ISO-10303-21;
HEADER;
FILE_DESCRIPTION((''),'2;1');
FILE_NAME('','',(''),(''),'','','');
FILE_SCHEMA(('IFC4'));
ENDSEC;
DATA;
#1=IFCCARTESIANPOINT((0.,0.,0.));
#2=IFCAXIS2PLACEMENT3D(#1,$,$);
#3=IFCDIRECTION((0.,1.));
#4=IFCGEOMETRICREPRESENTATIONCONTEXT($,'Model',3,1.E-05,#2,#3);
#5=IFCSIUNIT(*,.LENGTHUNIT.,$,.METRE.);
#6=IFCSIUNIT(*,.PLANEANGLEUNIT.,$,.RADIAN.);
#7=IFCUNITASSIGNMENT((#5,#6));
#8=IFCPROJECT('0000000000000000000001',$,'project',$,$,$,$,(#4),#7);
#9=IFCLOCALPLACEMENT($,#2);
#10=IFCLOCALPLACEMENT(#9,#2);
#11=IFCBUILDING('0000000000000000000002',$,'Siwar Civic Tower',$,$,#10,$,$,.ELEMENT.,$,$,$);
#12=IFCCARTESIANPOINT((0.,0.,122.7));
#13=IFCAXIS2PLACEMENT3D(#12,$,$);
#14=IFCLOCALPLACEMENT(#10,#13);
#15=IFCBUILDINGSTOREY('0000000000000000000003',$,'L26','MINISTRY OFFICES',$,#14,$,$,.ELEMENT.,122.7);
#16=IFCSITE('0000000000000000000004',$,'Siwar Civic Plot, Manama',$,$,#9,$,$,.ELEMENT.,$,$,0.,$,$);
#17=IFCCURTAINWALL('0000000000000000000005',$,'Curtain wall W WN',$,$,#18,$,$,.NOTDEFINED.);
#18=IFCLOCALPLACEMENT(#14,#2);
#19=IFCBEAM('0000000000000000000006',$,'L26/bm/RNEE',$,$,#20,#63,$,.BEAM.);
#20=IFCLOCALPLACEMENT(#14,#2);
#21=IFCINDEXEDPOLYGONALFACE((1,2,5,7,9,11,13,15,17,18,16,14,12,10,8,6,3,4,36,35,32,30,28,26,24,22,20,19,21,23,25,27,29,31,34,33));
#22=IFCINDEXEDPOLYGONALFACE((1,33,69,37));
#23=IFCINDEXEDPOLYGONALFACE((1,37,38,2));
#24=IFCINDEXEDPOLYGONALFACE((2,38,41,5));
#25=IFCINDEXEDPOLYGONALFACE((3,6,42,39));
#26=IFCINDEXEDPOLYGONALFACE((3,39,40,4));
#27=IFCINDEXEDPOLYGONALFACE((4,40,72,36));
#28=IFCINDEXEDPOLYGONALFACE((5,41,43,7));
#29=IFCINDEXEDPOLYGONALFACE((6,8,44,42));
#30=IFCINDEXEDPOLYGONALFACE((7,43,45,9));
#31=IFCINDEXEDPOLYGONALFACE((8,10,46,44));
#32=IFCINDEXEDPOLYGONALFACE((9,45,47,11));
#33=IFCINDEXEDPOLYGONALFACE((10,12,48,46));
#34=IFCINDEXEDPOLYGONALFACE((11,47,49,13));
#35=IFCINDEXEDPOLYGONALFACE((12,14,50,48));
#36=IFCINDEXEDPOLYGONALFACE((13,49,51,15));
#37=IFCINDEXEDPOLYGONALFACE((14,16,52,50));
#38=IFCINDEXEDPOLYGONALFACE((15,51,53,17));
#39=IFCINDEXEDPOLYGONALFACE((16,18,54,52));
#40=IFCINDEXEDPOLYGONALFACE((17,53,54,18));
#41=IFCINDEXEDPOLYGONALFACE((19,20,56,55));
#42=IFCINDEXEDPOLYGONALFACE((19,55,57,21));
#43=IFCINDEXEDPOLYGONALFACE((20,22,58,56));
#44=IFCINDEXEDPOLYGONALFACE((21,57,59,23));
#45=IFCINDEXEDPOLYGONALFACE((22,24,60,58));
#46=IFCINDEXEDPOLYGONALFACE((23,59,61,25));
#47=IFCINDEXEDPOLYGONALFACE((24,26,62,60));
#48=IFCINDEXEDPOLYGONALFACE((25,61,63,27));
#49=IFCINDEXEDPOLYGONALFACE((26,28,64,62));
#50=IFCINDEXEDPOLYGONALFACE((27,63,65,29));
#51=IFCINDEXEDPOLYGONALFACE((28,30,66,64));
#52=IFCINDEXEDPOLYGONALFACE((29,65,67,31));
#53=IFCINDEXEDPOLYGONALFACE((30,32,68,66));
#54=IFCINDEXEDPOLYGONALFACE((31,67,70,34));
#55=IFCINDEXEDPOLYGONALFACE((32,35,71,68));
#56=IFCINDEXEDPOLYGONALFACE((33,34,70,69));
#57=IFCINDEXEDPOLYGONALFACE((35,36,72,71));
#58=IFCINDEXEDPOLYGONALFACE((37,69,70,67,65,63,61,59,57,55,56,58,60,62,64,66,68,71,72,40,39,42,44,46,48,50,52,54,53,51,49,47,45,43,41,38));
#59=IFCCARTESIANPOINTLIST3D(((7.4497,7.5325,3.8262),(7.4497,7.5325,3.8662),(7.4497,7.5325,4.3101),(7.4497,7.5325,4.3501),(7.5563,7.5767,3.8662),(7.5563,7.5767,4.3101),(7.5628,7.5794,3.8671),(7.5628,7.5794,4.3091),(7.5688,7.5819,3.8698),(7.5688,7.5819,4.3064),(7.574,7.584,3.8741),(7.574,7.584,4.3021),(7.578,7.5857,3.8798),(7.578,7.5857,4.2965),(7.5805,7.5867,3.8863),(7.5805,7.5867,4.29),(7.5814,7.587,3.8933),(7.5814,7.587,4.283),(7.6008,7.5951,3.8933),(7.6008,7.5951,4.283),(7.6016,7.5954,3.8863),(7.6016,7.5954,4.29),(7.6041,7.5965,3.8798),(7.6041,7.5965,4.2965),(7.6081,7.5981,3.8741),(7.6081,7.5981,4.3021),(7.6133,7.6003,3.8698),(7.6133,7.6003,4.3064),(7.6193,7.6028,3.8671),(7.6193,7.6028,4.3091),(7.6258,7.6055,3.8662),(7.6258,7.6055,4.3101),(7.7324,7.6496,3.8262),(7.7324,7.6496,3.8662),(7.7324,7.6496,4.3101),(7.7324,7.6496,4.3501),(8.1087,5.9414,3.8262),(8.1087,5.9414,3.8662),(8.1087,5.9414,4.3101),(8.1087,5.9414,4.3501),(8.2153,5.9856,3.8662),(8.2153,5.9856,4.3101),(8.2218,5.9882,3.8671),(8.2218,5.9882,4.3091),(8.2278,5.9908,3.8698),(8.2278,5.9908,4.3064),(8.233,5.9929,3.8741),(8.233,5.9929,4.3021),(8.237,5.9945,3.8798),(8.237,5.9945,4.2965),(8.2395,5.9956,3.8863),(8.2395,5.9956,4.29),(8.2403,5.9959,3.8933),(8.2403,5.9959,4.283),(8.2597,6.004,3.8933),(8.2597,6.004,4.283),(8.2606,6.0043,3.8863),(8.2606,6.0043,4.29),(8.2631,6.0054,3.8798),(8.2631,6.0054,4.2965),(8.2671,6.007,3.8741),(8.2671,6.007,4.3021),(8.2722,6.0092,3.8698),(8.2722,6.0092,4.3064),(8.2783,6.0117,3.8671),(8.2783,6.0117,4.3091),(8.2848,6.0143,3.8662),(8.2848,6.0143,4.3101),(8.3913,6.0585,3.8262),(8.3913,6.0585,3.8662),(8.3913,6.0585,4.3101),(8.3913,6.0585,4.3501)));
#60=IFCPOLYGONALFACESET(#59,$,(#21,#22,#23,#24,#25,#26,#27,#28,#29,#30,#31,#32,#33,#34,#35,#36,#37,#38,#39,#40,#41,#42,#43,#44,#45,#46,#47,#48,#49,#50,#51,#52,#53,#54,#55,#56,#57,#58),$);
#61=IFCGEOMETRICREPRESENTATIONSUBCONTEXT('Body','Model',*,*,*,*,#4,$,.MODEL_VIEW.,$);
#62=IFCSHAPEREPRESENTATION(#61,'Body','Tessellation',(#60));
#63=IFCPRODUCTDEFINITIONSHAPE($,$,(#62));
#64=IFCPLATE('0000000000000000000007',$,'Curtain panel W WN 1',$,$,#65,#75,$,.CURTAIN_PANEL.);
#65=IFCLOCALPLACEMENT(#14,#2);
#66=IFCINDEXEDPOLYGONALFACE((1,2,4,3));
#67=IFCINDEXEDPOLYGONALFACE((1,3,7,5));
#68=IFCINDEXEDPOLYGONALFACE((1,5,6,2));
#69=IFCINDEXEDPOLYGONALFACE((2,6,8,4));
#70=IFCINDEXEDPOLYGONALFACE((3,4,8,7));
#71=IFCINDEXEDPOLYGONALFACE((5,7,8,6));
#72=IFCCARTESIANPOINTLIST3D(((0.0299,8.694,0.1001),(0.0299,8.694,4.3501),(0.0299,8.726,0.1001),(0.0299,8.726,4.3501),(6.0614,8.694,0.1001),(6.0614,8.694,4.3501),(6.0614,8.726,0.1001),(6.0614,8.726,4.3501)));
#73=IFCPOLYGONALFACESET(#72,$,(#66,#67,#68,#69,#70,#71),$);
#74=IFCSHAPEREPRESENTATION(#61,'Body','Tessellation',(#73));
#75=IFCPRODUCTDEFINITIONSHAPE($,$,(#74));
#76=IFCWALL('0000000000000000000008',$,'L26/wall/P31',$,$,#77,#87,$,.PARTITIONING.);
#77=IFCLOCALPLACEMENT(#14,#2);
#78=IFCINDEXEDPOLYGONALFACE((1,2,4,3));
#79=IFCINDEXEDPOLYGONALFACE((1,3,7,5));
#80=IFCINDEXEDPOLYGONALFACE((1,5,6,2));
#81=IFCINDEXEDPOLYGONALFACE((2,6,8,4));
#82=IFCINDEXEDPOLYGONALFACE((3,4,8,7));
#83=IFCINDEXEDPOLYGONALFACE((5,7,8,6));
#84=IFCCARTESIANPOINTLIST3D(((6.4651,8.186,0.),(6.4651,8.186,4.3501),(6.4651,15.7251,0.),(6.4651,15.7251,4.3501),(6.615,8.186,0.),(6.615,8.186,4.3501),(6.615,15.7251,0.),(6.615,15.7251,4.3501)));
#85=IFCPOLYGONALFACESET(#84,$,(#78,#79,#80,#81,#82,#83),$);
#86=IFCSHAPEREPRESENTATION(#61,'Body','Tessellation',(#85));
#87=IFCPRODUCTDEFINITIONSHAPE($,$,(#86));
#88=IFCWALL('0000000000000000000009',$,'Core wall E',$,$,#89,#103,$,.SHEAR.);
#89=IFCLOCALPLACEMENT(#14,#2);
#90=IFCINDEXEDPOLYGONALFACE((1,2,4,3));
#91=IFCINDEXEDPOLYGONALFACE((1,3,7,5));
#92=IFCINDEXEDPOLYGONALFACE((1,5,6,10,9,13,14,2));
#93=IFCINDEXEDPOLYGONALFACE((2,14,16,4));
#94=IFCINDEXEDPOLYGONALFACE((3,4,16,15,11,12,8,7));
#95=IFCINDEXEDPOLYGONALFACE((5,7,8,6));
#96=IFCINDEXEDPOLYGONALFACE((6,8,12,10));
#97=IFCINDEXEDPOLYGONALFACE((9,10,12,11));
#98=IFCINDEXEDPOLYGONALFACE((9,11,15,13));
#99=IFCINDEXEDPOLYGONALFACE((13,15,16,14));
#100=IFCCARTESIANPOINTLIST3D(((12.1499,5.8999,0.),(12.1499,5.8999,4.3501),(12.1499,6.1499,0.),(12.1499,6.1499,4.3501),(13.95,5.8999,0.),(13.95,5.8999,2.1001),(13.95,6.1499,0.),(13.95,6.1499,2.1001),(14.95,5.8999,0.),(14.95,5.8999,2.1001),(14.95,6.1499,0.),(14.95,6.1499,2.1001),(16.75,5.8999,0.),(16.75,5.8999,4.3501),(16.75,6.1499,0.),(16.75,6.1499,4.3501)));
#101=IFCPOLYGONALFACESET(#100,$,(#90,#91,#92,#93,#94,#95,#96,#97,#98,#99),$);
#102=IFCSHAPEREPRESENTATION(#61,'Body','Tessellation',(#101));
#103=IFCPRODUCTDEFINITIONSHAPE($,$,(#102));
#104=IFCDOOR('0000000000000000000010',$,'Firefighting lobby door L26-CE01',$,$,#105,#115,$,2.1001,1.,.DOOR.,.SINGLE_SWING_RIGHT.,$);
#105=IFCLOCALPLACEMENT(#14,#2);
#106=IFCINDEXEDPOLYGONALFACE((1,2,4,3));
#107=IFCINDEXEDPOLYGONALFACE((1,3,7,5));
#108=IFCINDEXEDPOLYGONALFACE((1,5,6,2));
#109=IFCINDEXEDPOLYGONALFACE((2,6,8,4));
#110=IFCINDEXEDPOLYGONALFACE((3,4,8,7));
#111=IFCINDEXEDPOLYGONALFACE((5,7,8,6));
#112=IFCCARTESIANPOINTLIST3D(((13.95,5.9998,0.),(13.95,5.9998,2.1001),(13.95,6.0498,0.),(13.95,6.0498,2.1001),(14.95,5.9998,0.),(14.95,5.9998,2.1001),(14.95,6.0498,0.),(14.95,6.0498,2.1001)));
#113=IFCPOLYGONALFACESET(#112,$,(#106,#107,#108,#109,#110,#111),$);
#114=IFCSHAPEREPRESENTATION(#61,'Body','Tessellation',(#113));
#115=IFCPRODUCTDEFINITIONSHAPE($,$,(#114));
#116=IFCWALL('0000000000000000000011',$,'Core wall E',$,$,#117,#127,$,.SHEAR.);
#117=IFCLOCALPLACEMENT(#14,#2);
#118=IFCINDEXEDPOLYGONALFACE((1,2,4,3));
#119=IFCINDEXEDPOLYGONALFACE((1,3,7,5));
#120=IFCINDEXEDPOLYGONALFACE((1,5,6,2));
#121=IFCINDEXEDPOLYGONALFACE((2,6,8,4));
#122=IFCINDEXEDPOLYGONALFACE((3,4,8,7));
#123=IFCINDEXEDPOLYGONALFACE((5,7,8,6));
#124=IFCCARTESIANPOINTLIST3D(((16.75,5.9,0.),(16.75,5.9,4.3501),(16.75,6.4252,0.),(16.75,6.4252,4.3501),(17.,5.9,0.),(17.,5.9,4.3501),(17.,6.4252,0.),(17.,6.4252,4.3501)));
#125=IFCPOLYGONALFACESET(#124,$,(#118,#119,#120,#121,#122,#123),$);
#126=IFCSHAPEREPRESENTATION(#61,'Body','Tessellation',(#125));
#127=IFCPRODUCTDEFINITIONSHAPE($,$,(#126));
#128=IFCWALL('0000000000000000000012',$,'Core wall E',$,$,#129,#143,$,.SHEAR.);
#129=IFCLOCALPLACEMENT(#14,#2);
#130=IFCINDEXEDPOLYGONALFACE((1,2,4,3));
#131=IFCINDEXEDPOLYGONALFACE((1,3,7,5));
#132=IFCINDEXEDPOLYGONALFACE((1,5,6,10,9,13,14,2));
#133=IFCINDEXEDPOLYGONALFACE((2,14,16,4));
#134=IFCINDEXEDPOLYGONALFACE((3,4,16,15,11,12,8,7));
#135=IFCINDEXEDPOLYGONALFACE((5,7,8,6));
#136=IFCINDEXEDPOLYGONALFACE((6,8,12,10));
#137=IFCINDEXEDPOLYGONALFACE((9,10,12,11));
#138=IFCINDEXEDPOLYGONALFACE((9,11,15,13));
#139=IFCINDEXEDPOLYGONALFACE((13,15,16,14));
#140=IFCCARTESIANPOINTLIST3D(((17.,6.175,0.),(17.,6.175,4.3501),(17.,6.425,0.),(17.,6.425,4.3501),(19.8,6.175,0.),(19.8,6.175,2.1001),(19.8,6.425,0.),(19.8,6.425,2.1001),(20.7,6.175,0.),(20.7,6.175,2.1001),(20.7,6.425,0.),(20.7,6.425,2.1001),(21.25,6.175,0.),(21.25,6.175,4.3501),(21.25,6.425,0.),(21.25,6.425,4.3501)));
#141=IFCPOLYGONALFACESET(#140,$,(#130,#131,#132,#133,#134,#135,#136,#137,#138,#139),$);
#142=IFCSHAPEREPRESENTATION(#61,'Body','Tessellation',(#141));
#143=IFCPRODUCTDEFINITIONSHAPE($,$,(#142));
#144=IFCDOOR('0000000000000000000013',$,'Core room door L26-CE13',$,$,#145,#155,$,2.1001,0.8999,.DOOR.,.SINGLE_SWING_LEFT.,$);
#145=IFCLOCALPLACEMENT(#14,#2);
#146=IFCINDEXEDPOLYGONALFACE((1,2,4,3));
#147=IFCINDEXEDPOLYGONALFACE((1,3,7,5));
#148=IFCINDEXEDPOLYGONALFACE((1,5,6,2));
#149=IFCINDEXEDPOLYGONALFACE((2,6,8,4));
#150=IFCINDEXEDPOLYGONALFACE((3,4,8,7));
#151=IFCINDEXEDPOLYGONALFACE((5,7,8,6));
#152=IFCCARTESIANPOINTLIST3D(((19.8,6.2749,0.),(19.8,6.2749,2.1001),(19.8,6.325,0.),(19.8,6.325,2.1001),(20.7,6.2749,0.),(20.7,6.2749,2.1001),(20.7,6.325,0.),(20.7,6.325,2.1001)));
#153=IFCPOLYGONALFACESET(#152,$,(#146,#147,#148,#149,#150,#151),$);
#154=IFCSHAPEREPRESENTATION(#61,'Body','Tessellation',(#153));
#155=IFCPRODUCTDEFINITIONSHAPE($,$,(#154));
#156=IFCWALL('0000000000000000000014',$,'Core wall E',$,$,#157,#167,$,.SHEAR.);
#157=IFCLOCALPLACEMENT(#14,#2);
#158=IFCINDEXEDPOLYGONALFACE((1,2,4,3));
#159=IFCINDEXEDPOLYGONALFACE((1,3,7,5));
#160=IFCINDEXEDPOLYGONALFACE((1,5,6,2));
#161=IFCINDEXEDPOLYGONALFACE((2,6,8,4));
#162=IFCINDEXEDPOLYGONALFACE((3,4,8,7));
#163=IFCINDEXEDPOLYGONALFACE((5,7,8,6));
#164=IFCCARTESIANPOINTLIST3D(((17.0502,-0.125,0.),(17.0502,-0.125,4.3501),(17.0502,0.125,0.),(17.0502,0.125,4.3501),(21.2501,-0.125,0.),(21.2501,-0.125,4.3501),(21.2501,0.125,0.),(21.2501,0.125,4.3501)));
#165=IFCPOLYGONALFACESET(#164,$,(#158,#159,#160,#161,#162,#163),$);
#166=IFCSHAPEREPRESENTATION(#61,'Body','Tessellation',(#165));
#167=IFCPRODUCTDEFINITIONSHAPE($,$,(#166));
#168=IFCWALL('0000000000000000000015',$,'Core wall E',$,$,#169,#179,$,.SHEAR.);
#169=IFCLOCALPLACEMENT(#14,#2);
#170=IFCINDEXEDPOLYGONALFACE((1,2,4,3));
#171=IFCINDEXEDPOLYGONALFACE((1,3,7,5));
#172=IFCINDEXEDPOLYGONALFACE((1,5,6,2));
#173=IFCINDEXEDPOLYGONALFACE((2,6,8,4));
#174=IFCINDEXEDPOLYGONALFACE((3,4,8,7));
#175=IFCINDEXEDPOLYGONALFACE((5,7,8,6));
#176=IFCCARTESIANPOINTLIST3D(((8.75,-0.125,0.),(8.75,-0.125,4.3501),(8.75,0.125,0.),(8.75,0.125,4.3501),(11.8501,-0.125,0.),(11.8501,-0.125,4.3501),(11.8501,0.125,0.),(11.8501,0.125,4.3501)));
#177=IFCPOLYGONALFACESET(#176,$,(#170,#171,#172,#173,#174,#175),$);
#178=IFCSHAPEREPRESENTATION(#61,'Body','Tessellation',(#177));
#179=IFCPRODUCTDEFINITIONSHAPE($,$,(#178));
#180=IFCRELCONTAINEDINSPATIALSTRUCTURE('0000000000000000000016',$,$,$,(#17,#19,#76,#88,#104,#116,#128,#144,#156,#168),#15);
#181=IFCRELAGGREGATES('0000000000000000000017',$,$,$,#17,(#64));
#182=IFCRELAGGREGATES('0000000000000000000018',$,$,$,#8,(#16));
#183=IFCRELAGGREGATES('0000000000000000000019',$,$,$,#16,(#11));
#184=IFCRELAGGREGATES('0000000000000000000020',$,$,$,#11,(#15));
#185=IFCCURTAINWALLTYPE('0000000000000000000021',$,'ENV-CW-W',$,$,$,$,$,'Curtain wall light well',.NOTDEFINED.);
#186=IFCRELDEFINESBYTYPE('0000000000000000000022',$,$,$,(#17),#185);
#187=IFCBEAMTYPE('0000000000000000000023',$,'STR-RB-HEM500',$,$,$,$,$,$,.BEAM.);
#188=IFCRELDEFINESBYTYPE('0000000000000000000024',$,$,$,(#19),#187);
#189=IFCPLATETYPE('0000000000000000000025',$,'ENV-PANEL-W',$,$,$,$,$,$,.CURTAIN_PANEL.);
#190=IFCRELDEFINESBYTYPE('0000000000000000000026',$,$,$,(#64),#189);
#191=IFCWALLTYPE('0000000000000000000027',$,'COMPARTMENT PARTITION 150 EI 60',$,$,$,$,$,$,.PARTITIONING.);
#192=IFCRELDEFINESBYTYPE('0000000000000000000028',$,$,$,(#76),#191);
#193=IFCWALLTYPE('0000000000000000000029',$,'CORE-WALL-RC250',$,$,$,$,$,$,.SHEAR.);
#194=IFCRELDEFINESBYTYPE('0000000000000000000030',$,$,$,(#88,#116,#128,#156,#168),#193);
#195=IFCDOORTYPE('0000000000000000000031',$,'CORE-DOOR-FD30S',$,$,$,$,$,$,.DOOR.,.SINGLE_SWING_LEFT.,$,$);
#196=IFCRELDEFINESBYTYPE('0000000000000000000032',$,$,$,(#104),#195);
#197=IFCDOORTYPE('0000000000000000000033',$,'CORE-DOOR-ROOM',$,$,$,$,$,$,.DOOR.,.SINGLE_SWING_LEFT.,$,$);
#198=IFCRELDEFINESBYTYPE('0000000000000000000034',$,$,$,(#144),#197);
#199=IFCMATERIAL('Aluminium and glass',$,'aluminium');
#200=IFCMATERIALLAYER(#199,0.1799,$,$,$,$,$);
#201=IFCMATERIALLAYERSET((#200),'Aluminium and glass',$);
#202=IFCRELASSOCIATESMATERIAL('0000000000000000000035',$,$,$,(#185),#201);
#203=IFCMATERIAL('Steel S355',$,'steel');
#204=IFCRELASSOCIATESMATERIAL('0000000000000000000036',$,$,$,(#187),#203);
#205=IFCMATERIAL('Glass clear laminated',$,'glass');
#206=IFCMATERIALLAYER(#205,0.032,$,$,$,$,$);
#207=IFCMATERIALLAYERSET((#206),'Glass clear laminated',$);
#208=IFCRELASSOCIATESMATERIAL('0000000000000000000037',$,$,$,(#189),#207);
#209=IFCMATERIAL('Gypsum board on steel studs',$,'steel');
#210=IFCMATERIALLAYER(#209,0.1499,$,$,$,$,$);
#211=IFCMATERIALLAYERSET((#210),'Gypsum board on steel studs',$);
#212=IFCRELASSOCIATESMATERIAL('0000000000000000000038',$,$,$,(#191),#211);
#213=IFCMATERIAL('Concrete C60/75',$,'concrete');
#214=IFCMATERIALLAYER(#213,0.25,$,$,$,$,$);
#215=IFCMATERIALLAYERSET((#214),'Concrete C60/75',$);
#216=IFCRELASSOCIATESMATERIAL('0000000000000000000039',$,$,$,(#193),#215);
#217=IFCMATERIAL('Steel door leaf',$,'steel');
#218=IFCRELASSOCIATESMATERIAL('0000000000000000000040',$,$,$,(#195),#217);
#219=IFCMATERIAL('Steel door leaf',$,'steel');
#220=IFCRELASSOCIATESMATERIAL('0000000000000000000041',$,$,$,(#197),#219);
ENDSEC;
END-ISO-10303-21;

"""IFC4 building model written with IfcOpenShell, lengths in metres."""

from ifc_helpers import new_model, si_unit, direction, frame, frame_2d, origin, origin_2d, place, context, subcontext, project, spatial, rectangle, i_section, extrude, material, layer, layer_set, material_profile, profile_set, type_object, element, fill, aggregate, save


model = new_model("IFC4")

# Units and contexts
model_context = context("Model", 3, precision=1e-05, world=origin(), true_north=direction((0.0, 1.0)))
body_context = subcontext(model_context, "Body", "Model", "MODEL_VIEW")
ifc_project = project(units=[si_unit("LENGTHUNIT", "METRE"), si_unit("PLANEANGLEUNIT", "RADIAN")], contexts=[model_context])

# Site, building, storey
site_placement = place(None, origin())
site = spatial("IfcSite", under=ifc_project, at=site_placement, Name="Siwar Civic Plot, Manama", CompositionType="ELEMENT", RefElevation=0.0)
building_placement = place(site_placement, origin())
building = spatial("IfcBuilding", under=site, at=building_placement, Name="Siwar Civic Tower", CompositionType="ELEMENT")
storey_placement = place(building_placement, frame((0.0, 0.0, 122.7)))
storey = spatial("IfcBuildingStorey", under=building, at=storey_placement, Name="L26", Description="MINISTRY OFFICES", CompositionType="ELEMENT", Elevation=122.7)

# Curtain wall
ifc_material_1 = material(Name="Aluminium and glass", Category="aluminium")
ifc_layer_1 = layer(ifc_material_1, 0.1799)
ifc_layer_set_1 = layer_set([ifc_layer_1], Name="Aluminium and glass")
curtain_wall_type = type_object("IfcCurtainWallType", Name="ENV-CW-W", ElementType="Curtain wall light well", PredefinedType="NOTDEFINED", material=ifc_layer_set_1)
curtain_wall_placement = place(storey_placement, origin())
curtain_wall = element("IfcCurtainWall", 1, at=curtain_wall_placement, inside=storey, type_object=curtain_wall_type, Name="Curtain wall W WN", PredefinedType="NOTDEFINED")

# Beam
ifc_material_2 = material(Name="Steel S355", Category="steel")
ifc_material_profile_1 = material_profile(ifc_material_2, i_section(OverallWidth=0.3059, OverallDepth=0.5239, WebThickness=0.021, FlangeThickness=0.04, FilletRadius=0.0271, at=origin_2d()), Name="HEM500")
ifc_profile_set_1 = profile_set([ifc_material_profile_1], Name="Steel S355")
beam_type_1 = type_object("IfcBeamType", Name="STR-RB-HEM500", PredefinedType="BEAM", material=ifc_profile_set_1)
for number, where, z_axis, x_axis, name in (
    (2, (7.5911, 7.5911, 4.0881), (0.382631, -0.923901, 0.0), (0.923901, 0.382631, 0.0), "L26/bm/RNEE"),
):
    element("IfcBeam", number, at=place(storey_placement, frame(where, z_axis=z_axis, x_axis=x_axis)), inside=storey, type_object=beam_type_1, Name=name, PredefinedType="BEAM", context=body_context, shape_type="SweptSolid", body=[
        extrude(i_section(OverallWidth=0.3059, OverallDepth=0.5239, WebThickness=0.021, FlangeThickness=0.04, FilletRadius=0.0271, at=origin_2d()), origin(), (0.0, 0.0, 1.0), 1.7222),
    ])

# Plate
ifc_material_3 = material(Name="Glass clear laminated", Category="glass")
ifc_layer_2 = layer(ifc_material_3, 0.032)
ifc_layer_set_2 = layer_set([ifc_layer_2], Name="Glass clear laminated")
plate_type = type_object("IfcPlateType", Name="ENV-PANEL-W", PredefinedType="CURTAIN_PANEL", material=ifc_layer_set_2)
plate_placement = place(storey_placement, frame((3.0457, 8.71, 0.1001), z_axis=(0.0, 0.0, 1.0), x_axis=(-1.0, 0.0, 0.0)))
plate = element("IfcPlate", 3, at=plate_placement, type_object=plate_type, Name="Curtain panel W WN 1", PredefinedType="CURTAIN_PANEL", context=body_context, shape_type="SweptSolid", body=[
    extrude(rectangle(XDim=6.0315, YDim=0.032, at=origin_2d()), origin(), (0.0, 0.0, 1.0), 4.25),
])
aggregate(curtain_wall, [plate])

# Wall
ifc_material_4 = material(Name="Gypsum board on steel studs", Category="steel")
ifc_layer_3 = layer(ifc_material_4, 0.1499)
ifc_layer_set_3 = layer_set([ifc_layer_3], Name="Gypsum board on steel studs")
wall_type_1 = type_object("IfcWallType", Name="COMPARTMENT PARTITION 150 EI 60", PredefinedType="PARTITIONING", material=ifc_layer_set_3)
wall_1_placement = place(storey_placement, frame((6.54, 8.186, 0.0), z_axis=(0.0, 0.0, 1.0), x_axis=(0.0, 1.0, 0.0)))
element("IfcWall", 4, at=wall_1_placement, inside=storey, type_object=wall_type_1, Name="L26/wall/P31", PredefinedType="PARTITIONING", context=body_context, shape_type="SweptSolid", body=[
    extrude(rectangle(XDim=7.5391, YDim=0.1499, at=frame_2d((3.7695, 0.0))), origin(), (0.0, 0.0, 1.0), 4.3501),
])

# Wall, opening, door
ifc_material_5 = material(Name="Concrete C60/75", Category="concrete")
ifc_layer_4 = layer(ifc_material_5, 0.25)
ifc_layer_set_4 = layer_set([ifc_layer_4], Name="Concrete C60/75")
wall_type_2 = type_object("IfcWallType", Name="CORE-WALL-RC250", PredefinedType="SHEAR", material=ifc_layer_set_4)
wall_2_placement = place(storey_placement, frame((12.1499, 6.0249, 0.0), z_axis=(0.0, 0.0, 1.0), x_axis=(1.0, 0.0, 0.0)))
wall_2 = element("IfcWall", 5, at=wall_2_placement, inside=storey, type_object=wall_type_2, Name="Core wall E", PredefinedType="SHEAR", context=body_context, shape_type="SweptSolid", body=[
    extrude(rectangle(XDim=4.6001, YDim=0.25, at=frame_2d((2.3, 0.0))), origin(), (0.0, 0.0, 1.0), 4.3501),
])
opening_1_placement = place(wall_2_placement, frame((1.8, 0.0, 0.0)))
opening_1 = element("IfcOpeningElement", 6, at=opening_1_placement, cuts=wall_2, PredefinedType="OPENING", context=body_context, shape_type="SweptSolid", body=[
    extrude(rectangle(XDim=1.0, YDim=2.1001, at=frame_2d((0.5, 1.05))), frame((0.0, 0.135, 0.0), z_axis=(0.0, -1.0, 0.0), x_axis=(1.0, 0.0, 0.0)), (0.0, 0.0, 1.0), 0.27),
])
ifc_material_6 = material(Name="Steel door leaf", Category="steel")
door_type_1 = type_object("IfcDoorType", Name="CORE-DOOR-FD30S", OperationType="SINGLE_SWING_LEFT", PredefinedType="DOOR", material=ifc_material_6)
door_1_placement = place(opening_1_placement, origin())
door_1 = element("IfcDoor", 7, at=door_1_placement, inside=storey, type_object=door_type_1, Name="Firefighting lobby door L26-CE01", OperationType="SINGLE_SWING_RIGHT", OverallHeight=2.1001, OverallWidth=1.0, PredefinedType="DOOR", context=body_context, shape_type="SweptSolid", body=[
    extrude(rectangle(XDim=1.0, YDim=2.1001, at=frame_2d((0.5, 1.05))), frame((0.0, 0.0249, 0.0), z_axis=(0.0, -1.0, 0.0), x_axis=(1.0, 0.0, 0.0)), (0.0, 0.0, 1.0), 0.05),
])
fill(opening_1, door_1)

# Wall
wall_3_placement = place(storey_placement, frame((16.875, 5.8999, 0.0), z_axis=(0.0, 0.0, 1.0), x_axis=(0.0, 1.0, 0.0)))
element("IfcWall", 8, at=wall_3_placement, inside=storey, type_object=wall_type_2, Name="Core wall E", PredefinedType="SHEAR", context=body_context, shape_type="SweptSolid", body=[
    extrude(rectangle(XDim=0.5251, YDim=0.25, at=frame_2d((0.2627, 0.0))), origin(), (0.0, 0.0, 1.0), 4.3501),
])

# Wall, opening, door
wall_4_placement = place(storey_placement, frame((17.0, 6.3, 0.0), z_axis=(0.0, 0.0, 1.0), x_axis=(1.0, 0.0, 0.0)))
wall_4 = element("IfcWall", 9, at=wall_4_placement, inside=storey, type_object=wall_type_2, Name="Core wall E", PredefinedType="SHEAR", context=body_context, shape_type="SweptSolid", body=[
    extrude(rectangle(XDim=4.25, YDim=0.25, at=frame_2d((2.125, 0.0))), origin(), (0.0, 0.0, 1.0), 4.3501),
])
opening_2_placement = place(wall_4_placement, frame((2.8, 0.0, 0.0)))
opening_2 = element("IfcOpeningElement", 10, at=opening_2_placement, cuts=wall_4, PredefinedType="OPENING", context=body_context, shape_type="SweptSolid", body=[
    extrude(rectangle(XDim=0.8999, YDim=2.1001, at=frame_2d((0.45, 1.05))), frame((0.0, 0.135, 0.0), z_axis=(0.0, -1.0, 0.0), x_axis=(1.0, 0.0, 0.0)), (0.0, 0.0, 1.0), 0.27),
])
ifc_material_7 = material(Name="Steel door leaf", Category="steel")
door_type_2 = type_object("IfcDoorType", Name="CORE-DOOR-ROOM", OperationType="SINGLE_SWING_LEFT", PredefinedType="DOOR", material=ifc_material_7)
door_2_placement = place(opening_2_placement, origin())
door_2 = element("IfcDoor", 11, at=door_2_placement, inside=storey, type_object=door_type_2, Name="Core room door L26-CE13", OperationType="SINGLE_SWING_LEFT", OverallHeight=2.1001, OverallWidth=0.8999, PredefinedType="DOOR", context=body_context, shape_type="SweptSolid", body=[
    extrude(rectangle(XDim=0.8999, YDim=2.1001, at=frame_2d((0.45, 1.05))), frame((0.0, 0.0249, 0.0), z_axis=(0.0, -1.0, 0.0), x_axis=(1.0, 0.0, 0.0)), (0.0, 0.0, 1.0), 0.05),
])
fill(opening_2, door_2)

# Walls
wall_5_placement = place(storey_placement, frame((17.05, 0.0, 0.0), z_axis=(0.0, 0.0, 1.0), x_axis=(1.0, 0.0, 0.0)))
element("IfcWall", 12, at=wall_5_placement, inside=storey, type_object=wall_type_2, Name="Core wall E", PredefinedType="SHEAR", context=body_context, shape_type="SweptSolid", body=[
    extrude(rectangle(XDim=4.2, YDim=0.25, at=frame_2d((2.1001, 0.0))), origin(), (0.0, 0.0, 1.0), 4.3501),
])
for number, where, z_axis, x_axis, name in (
    (13, (8.75, 0.0, 0.0), (0.0, 0.0, 1.0), (1.0, 0.0, 0.0), "Core wall E"),
):
    element("IfcWall", number, at=place(storey_placement, frame(where, z_axis=z_axis, x_axis=x_axis)), inside=storey, type_object=wall_type_2, Name=name, PredefinedType="SHEAR", context=body_context, shape_type="SweptSolid", body=[
        extrude(rectangle(XDim=3.1001, YDim=0.25, at=frame_2d((1.55, 0.0))), origin(), (0.0, 0.0, 1.0), 4.3501),
    ])

save(model, "model.ifc")
